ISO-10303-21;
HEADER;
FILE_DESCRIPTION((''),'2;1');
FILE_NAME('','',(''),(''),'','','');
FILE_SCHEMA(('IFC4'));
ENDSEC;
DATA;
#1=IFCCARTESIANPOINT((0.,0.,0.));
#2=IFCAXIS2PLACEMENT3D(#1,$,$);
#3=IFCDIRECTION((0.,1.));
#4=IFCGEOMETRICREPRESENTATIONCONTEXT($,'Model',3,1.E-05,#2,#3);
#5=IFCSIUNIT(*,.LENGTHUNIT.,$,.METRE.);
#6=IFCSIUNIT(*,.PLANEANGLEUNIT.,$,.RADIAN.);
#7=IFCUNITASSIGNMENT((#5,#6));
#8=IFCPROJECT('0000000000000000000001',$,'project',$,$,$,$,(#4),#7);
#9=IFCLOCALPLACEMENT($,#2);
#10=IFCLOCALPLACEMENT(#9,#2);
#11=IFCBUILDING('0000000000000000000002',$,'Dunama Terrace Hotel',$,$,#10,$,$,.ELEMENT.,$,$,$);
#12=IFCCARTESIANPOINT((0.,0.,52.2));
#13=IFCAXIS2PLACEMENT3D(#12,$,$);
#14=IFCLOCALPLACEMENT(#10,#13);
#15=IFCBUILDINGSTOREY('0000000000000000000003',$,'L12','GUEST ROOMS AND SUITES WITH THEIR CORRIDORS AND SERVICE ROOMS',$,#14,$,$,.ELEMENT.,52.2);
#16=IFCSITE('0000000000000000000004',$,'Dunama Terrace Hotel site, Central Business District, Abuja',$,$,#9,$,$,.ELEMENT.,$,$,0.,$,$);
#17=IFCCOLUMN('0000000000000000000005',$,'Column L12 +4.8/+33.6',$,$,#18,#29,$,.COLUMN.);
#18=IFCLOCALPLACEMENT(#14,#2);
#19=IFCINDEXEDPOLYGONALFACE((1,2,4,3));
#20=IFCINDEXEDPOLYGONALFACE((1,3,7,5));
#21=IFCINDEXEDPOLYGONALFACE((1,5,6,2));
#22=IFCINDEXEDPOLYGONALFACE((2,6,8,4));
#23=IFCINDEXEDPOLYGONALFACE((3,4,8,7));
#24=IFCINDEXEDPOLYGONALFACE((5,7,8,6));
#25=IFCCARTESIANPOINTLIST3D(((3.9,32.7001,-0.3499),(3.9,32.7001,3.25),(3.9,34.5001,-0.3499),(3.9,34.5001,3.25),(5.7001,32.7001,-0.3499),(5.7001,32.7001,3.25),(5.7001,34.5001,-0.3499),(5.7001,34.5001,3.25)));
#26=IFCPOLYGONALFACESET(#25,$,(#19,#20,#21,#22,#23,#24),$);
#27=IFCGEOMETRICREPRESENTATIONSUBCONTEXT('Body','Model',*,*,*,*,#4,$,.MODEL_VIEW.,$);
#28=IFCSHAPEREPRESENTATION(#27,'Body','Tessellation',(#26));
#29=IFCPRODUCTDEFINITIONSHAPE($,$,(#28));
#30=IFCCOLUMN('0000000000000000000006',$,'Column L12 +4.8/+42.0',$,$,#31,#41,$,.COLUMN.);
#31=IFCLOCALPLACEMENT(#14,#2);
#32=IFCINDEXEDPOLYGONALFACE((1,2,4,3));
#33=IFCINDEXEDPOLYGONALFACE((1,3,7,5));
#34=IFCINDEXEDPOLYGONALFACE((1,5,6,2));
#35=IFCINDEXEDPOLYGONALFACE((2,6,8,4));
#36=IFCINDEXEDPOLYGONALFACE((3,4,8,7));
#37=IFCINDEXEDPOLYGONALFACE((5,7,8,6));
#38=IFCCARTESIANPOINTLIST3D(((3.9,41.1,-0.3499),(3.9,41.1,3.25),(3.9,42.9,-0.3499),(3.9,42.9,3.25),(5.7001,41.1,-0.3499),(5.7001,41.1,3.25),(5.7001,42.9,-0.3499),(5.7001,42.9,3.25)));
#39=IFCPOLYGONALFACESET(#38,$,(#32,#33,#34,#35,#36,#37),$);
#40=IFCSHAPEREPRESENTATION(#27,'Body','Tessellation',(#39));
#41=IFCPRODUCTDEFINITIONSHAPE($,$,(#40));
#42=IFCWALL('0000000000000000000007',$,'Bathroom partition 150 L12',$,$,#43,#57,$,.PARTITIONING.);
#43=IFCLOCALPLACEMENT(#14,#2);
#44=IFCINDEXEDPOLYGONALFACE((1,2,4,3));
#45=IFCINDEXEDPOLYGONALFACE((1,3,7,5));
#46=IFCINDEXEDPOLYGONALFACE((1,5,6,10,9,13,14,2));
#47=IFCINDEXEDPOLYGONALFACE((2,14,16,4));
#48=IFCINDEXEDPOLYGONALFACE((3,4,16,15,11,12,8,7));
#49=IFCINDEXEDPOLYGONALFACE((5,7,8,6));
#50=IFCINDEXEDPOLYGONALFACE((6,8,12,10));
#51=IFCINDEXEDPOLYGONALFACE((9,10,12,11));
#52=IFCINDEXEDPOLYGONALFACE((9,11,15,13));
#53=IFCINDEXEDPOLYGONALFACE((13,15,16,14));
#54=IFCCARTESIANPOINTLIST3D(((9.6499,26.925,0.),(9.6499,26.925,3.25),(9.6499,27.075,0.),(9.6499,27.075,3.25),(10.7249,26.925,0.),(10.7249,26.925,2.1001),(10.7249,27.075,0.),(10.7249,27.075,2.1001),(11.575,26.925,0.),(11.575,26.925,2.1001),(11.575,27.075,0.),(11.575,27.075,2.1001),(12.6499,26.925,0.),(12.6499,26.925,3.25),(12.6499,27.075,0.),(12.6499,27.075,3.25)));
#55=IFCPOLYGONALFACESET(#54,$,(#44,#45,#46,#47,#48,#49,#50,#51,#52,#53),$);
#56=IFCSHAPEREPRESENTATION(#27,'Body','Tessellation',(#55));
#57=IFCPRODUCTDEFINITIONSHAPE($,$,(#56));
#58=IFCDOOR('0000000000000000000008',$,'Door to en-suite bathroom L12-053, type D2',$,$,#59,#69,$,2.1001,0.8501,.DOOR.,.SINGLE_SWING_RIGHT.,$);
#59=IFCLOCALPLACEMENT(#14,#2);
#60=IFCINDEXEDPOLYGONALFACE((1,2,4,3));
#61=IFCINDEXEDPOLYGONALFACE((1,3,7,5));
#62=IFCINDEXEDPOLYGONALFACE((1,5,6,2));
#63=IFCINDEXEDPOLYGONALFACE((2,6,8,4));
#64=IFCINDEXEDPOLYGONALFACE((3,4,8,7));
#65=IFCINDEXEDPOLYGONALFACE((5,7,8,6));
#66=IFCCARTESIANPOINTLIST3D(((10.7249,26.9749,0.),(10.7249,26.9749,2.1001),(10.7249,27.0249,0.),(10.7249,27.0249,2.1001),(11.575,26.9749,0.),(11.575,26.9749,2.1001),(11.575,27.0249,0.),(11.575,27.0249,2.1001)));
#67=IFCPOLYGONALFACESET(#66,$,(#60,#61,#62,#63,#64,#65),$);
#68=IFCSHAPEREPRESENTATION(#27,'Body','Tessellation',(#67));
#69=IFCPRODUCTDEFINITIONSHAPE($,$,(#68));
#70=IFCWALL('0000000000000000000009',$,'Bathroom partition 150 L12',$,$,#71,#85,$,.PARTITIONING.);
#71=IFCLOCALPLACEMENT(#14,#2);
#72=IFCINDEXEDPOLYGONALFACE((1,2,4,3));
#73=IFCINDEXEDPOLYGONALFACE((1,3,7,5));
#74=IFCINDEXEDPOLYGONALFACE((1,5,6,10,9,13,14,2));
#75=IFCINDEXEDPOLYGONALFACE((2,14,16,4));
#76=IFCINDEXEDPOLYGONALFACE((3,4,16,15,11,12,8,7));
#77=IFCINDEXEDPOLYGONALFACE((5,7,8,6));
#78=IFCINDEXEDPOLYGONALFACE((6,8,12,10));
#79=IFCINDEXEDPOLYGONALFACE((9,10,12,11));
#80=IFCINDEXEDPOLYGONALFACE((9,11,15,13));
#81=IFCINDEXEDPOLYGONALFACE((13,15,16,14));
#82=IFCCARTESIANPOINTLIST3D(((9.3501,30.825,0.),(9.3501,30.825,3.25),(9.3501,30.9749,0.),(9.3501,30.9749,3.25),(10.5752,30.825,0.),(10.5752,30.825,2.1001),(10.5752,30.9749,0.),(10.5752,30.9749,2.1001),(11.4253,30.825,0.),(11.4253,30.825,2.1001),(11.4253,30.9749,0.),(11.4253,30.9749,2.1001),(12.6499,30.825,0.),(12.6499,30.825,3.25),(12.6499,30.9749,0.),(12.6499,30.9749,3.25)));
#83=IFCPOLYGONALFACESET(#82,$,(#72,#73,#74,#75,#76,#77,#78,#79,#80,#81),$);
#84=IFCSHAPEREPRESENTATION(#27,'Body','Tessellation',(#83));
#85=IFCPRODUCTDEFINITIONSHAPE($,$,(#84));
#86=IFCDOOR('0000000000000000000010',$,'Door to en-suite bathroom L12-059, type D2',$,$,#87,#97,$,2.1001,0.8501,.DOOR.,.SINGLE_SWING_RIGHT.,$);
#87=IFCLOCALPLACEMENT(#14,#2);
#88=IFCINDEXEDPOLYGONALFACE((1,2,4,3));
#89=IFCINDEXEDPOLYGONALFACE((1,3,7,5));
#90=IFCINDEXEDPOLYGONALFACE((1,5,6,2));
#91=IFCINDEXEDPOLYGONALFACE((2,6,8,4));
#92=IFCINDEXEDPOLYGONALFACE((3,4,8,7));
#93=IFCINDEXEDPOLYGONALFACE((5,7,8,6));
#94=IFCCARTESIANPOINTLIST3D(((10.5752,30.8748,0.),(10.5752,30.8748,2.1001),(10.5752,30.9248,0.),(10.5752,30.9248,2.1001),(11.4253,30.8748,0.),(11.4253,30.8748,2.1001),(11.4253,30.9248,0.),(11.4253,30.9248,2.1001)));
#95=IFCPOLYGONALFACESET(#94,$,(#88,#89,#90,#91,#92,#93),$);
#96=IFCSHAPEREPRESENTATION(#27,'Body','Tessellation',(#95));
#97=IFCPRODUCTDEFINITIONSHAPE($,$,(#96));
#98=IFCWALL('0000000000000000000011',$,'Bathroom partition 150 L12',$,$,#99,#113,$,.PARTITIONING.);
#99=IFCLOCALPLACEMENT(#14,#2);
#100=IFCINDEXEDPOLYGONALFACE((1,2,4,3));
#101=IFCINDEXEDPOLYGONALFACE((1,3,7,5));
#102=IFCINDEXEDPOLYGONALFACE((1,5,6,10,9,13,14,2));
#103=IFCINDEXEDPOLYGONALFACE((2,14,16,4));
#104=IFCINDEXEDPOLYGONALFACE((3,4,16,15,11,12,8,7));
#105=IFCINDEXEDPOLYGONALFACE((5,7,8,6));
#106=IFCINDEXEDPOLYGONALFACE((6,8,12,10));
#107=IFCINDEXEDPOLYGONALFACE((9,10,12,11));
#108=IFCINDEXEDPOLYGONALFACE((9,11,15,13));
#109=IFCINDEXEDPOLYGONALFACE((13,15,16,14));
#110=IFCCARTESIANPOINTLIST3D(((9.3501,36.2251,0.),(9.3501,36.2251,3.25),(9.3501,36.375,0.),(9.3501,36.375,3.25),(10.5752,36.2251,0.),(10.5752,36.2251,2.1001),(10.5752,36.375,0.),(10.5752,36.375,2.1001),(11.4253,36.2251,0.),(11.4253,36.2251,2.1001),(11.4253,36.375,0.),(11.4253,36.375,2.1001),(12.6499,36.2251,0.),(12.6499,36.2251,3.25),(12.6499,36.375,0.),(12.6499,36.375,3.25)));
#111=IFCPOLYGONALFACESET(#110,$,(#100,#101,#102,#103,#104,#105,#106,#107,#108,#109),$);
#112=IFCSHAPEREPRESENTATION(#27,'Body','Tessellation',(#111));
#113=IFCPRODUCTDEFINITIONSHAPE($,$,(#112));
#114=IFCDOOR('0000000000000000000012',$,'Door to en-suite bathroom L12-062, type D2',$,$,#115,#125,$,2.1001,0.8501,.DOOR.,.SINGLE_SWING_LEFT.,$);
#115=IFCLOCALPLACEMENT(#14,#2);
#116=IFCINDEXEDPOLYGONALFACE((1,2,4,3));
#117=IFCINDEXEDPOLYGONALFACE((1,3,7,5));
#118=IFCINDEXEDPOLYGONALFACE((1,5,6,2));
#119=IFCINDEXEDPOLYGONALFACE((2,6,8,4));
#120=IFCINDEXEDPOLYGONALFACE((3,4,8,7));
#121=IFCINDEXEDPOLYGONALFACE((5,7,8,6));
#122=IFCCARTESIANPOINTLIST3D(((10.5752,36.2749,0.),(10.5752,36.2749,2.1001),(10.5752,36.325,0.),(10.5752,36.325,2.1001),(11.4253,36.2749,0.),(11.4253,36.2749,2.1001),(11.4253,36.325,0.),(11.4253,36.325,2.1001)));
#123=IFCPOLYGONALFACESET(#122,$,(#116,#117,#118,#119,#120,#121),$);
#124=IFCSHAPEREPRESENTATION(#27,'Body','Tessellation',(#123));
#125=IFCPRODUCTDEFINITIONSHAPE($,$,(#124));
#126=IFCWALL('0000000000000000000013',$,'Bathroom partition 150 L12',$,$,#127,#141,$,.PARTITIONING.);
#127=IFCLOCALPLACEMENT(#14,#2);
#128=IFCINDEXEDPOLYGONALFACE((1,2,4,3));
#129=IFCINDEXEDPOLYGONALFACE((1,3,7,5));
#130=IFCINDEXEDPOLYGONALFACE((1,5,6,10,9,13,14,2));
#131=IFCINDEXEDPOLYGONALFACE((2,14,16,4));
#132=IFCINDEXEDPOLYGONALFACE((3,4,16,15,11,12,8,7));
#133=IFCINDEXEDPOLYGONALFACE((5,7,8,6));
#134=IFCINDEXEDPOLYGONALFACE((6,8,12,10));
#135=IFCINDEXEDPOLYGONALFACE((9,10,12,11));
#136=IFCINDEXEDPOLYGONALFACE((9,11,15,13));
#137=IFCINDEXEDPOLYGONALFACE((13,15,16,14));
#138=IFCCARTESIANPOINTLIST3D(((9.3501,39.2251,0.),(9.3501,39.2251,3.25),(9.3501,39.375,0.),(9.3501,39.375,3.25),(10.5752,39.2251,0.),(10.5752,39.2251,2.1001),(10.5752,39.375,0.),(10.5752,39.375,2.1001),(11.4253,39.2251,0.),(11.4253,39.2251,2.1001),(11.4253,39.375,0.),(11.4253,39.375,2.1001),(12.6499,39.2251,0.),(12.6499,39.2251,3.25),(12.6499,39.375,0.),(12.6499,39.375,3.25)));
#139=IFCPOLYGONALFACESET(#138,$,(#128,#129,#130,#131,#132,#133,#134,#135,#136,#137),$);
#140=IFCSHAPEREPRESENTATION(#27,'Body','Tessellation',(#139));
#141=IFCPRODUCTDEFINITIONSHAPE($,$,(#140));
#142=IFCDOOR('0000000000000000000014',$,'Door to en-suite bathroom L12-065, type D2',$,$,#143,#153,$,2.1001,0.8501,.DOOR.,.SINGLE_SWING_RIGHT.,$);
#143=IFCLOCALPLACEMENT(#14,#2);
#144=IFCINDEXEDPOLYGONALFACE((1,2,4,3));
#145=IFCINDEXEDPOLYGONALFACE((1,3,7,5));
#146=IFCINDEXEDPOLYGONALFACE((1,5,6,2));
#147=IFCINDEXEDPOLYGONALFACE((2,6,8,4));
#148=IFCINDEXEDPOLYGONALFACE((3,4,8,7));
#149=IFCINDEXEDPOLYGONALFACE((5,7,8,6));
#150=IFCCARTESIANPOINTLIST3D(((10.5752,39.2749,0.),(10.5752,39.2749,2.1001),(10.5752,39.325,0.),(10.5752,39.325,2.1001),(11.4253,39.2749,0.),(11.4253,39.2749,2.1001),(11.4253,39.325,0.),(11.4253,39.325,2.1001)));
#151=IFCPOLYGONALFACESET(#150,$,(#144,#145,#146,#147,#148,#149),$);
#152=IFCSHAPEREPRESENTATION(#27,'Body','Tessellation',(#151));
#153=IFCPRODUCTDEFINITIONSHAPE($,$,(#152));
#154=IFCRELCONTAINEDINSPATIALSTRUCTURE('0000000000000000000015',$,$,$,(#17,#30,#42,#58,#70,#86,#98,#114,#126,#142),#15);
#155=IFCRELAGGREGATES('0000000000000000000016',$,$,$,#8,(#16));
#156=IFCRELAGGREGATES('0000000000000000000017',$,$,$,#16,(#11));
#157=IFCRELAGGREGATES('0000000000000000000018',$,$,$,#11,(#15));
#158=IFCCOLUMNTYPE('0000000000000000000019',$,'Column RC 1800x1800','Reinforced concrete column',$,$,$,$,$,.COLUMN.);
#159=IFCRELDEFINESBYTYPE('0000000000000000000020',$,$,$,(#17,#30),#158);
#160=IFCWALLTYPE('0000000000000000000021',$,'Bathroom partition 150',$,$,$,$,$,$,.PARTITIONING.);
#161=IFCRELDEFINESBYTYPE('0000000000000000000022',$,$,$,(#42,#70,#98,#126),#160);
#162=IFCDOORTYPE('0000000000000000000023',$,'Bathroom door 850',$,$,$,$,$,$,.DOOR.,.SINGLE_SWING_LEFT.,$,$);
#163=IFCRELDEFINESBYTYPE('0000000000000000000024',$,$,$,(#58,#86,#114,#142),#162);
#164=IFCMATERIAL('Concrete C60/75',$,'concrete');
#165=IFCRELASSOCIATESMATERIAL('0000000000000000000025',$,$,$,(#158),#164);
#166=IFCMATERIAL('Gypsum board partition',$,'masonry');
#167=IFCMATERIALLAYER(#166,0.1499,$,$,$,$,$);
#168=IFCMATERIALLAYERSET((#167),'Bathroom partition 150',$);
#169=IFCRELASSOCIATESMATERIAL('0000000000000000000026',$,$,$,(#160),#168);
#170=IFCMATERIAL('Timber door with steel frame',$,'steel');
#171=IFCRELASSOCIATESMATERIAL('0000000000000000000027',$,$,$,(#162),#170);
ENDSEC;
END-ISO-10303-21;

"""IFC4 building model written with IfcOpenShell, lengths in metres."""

from ifc_helpers import new_model, si_unit, direction, frame, frame_2d, origin, origin_2d, place, context, subcontext, project, spatial, rectangle, extrude, material, layer, layer_set, material_profile, profile_set, type_object, element, fill, save


model = new_model("IFC4")

# Units and contexts
model_context = context("Model", 3, precision=1e-05, world=origin(), true_north=direction((0.0, 1.0)))
body_context = subcontext(model_context, "Body", "Model", "MODEL_VIEW")
ifc_project = project(units=[si_unit("LENGTHUNIT", "METRE"), si_unit("PLANEANGLEUNIT", "RADIAN")], contexts=[model_context])

# Site, building, storey
site_placement = place(None, origin())
site = spatial("IfcSite", under=ifc_project, at=site_placement, Name="Dunama Terrace Hotel site, Central Business District, Abuja", CompositionType="ELEMENT", RefElevation=0.0)
building_placement = place(site_placement, origin())
building = spatial("IfcBuilding", under=site, at=building_placement, Name="Dunama Terrace Hotel", CompositionType="ELEMENT")
storey_placement = place(building_placement, frame((0.0, 0.0, 52.2)))
storey = spatial("IfcBuildingStorey", under=building, at=storey_placement, Name="L12", Description="GUEST ROOMS AND SUITES WITH THEIR CORRIDORS AND SERVICE ROOMS", CompositionType="ELEMENT", Elevation=52.2)

# Columns
ifc_material_1 = material(Name="Concrete C60/75", Category="concrete")
ifc_material_profile = material_profile(ifc_material_1, rectangle(XDim=1.8, YDim=1.8, at=origin_2d()), Name="RC 1800x1800")
ifc_profile_set = profile_set([ifc_material_profile], Name="Concrete C60/75")
column_type = type_object("IfcColumnType", Name="Column RC 1800x1800", Description="Reinforced concrete column", PredefinedType="COLUMN", material=ifc_profile_set)
for number, where, z_axis, x_axis, name in (
    (1, (4.8, 33.6001, -0.3499), (0.0, 0.0, 1.0), (1.0, 0.0, 0.0), "Column L12 +4.8/+33.6"),
    (2, (4.8, 42.0, -0.3499), (0.0, 0.0, 1.0), (1.0, 0.0, 0.0), "Column L12 +4.8/+42.0"),
):
    element("IfcColumn", number, at=place(storey_placement, frame(where, z_axis=z_axis, x_axis=x_axis)), inside=storey, type_object=column_type, Name=name, PredefinedType="COLUMN", context=body_context, shape_type="SweptSolid", body=[
        extrude(rectangle(XDim=1.8, YDim=1.8, at=origin_2d()), origin(), (0.0, 0.0, 1.0), 3.5999),
    ])

# Walls, openings, doors
ifc_material_2 = material(Name="Gypsum board partition", Category="masonry")
ifc_layer_1 = layer(ifc_material_2, 0.1499)
ifc_layer_set_1 = layer_set([ifc_layer_1], Name="Bathroom partition 150")
wall_type_1 = type_object("IfcWallType", Name="Bathroom partition 150", PredefinedType="PARTITIONING", material=ifc_layer_set_1)
wall_1_placement = place(storey_placement, frame((9.6499, 27.0, 0.0), z_axis=(0.0, 0.0, 1.0), x_axis=(1.0, 0.0, 0.0)))
wall_1 = element("IfcWall", 3, at=wall_1_placement, inside=storey, type_object=wall_type_1, Name="Bathroom partition 150 L12", PredefinedType="PARTITIONING", context=body_context, shape_type="SweptSolid", body=[
    extrude(rectangle(XDim=3.0, YDim=0.1499, at=frame_2d((1.5, 0.0))), origin(), (0.0, 0.0, 1.0), 3.25),
])
opening_1_placement = place(wall_1_placement, frame((1.075, 0.0, 0.0)))
opening_1 = element("IfcOpeningElement", 4, at=opening_1_placement, cuts=wall_1, PredefinedType="OPENING", context=body_context, shape_type="SweptSolid", body=[
    extrude(rectangle(XDim=0.8501, YDim=2.1001, at=frame_2d((0.425, 1.05))), frame((0.0, 0.085, 0.0), z_axis=(0.0, -1.0, 0.0), x_axis=(1.0, 0.0, 0.0)), (0.0, 0.0, 1.0), 0.1699),
])
ifc_material_3 = material(Name="Timber door with steel frame", Category="steel")
door_type_1 = type_object("IfcDoorType", Name="Bathroom door 850", OperationType="SINGLE_SWING_LEFT", PredefinedType="DOOR", material=ifc_material_3)
door_1_placement = place(opening_1_placement, origin())
door_1 = element("IfcDoor", 5, at=door_1_placement, inside=storey, type_object=door_type_1, Name="Door to en-suite bathroom L12-053, type D2", OperationType="SINGLE_SWING_RIGHT", OverallHeight=2.1001, OverallWidth=0.8501, PredefinedType="DOOR", context=body_context, shape_type="SweptSolid", body=[
    extrude(rectangle(XDim=0.8501, YDim=2.1001, at=frame_2d((0.425, 1.05))), frame((0.0, 0.0249, 0.0), z_axis=(0.0, -1.0, 0.0), x_axis=(1.0, 0.0, 0.0)), (0.0, 0.0, 1.0), 0.05),
])
fill(opening_1, door_1)
wall_2_placement = place(storey_placement, frame((9.3501, 30.8999, 0.0), z_axis=(0.0, 0.0, 1.0), x_axis=(1.0, 0.0, 0.0)))
wall_2 = element("IfcWall", 6, at=wall_2_placement, inside=storey, type_object=wall_type_1, Name="Bathroom partition 150 L12", PredefinedType="PARTITIONING", context=body_context, shape_type="SweptSolid", body=[
    extrude(rectangle(XDim=3.2998, YDim=0.1499, at=frame_2d((1.6499, 0.0))), origin(), (0.0, 0.0, 1.0), 3.25),
])
opening_2_placement = place(wall_2_placement, frame((1.2251, 0.0, 0.0)))
opening_2 = element("IfcOpeningElement", 7, at=opening_2_placement, cuts=wall_2, PredefinedType="OPENING", context=body_context, shape_type="SweptSolid", body=[
    extrude(rectangle(XDim=0.8501, YDim=2.1001, at=frame_2d((0.425, 1.05))), frame((0.0, 0.085, 0.0), z_axis=(0.0, -1.0, 0.0), x_axis=(1.0, 0.0, 0.0)), (0.0, 0.0, 1.0), 0.1699),
])
door_2_placement = place(opening_2_placement, origin())
door_2 = element("IfcDoor", 8, at=door_2_placement, inside=storey, type_object=door_type_1, Name="Door to en-suite bathroom L12-059, type D2", OperationType="SINGLE_SWING_RIGHT", OverallHeight=2.1001, OverallWidth=0.8501, PredefinedType="DOOR", context=body_context, shape_type="SweptSolid", body=[
    extrude(rectangle(XDim=0.8501, YDim=2.1001, at=frame_2d((0.425, 1.05))), frame((0.0, 0.0249, 0.0), z_axis=(0.0, -1.0, 0.0), x_axis=(1.0, 0.0, 0.0)), (0.0, 0.0, 1.0), 0.05),
])
fill(opening_2, door_2)
wall_3_placement = place(storey_placement, frame((9.3501, 36.3, 0.0), z_axis=(0.0, 0.0, 1.0), x_axis=(1.0, 0.0, 0.0)))
wall_3 = element("IfcWall", 9, at=wall_3_placement, inside=storey, type_object=wall_type_1, Name="Bathroom partition 150 L12", PredefinedType="PARTITIONING", context=body_context, shape_type="SweptSolid", body=[
    extrude(rectangle(XDim=3.2998, YDim=0.1499, at=frame_2d((1.6499, 0.0))), origin(), (0.0, 0.0, 1.0), 3.25),
])
opening_3_placement = place(wall_3_placement, frame((1.2251, 0.0, 0.0)))
opening_3 = element("IfcOpeningElement", 10, at=opening_3_placement, cuts=wall_3, PredefinedType="OPENING", context=body_context, shape_type="SweptSolid", body=[
    extrude(rectangle(XDim=0.8501, YDim=2.1001, at=frame_2d((0.425, 1.05))), frame((0.0, 0.085, 0.0), z_axis=(0.0, -1.0, 0.0), x_axis=(1.0, 0.0, 0.0)), (0.0, 0.0, 1.0), 0.1699),
])
door_3_placement = place(opening_3_placement, frame((0.8501, 0.0, 0.0), z_axis=(0.0, 0.0, 1.0), x_axis=(-1.0, 0.0, 0.0)))
door_3 = element("IfcDoor", 11, at=door_3_placement, inside=storey, type_object=door_type_1, Name="Door to en-suite bathroom L12-062, type D2", OperationType="SINGLE_SWING_LEFT", OverallHeight=2.1001, OverallWidth=0.8501, PredefinedType="DOOR", context=body_context, shape_type="SweptSolid", body=[
    extrude(rectangle(XDim=0.8501, YDim=2.1001, at=frame_2d((0.425, 1.05))), frame((0.0, 0.0251, 0.0), z_axis=(0.0, -1.0, 0.0), x_axis=(1.0, 0.0, 0.0)), (0.0, 0.0, 1.0), 0.05),
])
fill(opening_3, door_3)
wall_4_placement = place(storey_placement, frame((9.3501, 39.3, 0.0), z_axis=(0.0, 0.0, 1.0), x_axis=(1.0, 0.0, 0.0)))
wall_4 = element("IfcWall", 12, at=wall_4_placement, inside=storey, type_object=wall_type_1, Name="Bathroom partition 150 L12", PredefinedType="PARTITIONING", context=body_context, shape_type="SweptSolid", body=[
    extrude(rectangle(XDim=3.2998, YDim=0.1499, at=frame_2d((1.6499, 0.0))), origin(), (0.0, 0.0, 1.0), 3.25),
])
opening_4_placement = place(wall_4_placement, frame((1.2251, 0.0, 0.0)))
opening_4 = element("IfcOpeningElement", 13, at=opening_4_placement, cuts=wall_4, PredefinedType="OPENING", context=body_context, shape_type="SweptSolid", body=[
    extrude(rectangle(XDim=0.8501, YDim=2.1001, at=frame_2d((0.425, 1.05))), frame((0.0, 0.085, 0.0), z_axis=(0.0, -1.0, 0.0), x_axis=(1.0, 0.0, 0.0)), (0.0, 0.0, 1.0), 0.1699),
])
door_4_placement = place(opening_4_placement, origin())
door_4 = element("IfcDoor", 14, at=door_4_placement, inside=storey, type_object=door_type_1, Name="Door to en-suite bathroom L12-065, type D2", OperationType="SINGLE_SWING_RIGHT", OverallHeight=2.1001, OverallWidth=0.8501, PredefinedType="DOOR", context=body_context, shape_type="SweptSolid", body=[
    extrude(rectangle(XDim=0.8501, YDim=2.1001, at=frame_2d((0.425, 1.05))), frame((0.0, 0.0249, 0.0), z_axis=(0.0, -1.0, 0.0), x_axis=(1.0, 0.0, 0.0)), (0.0, 0.0, 1.0), 0.05),
])
fill(opening_4, door_4)

save(model, "model.ifc")
